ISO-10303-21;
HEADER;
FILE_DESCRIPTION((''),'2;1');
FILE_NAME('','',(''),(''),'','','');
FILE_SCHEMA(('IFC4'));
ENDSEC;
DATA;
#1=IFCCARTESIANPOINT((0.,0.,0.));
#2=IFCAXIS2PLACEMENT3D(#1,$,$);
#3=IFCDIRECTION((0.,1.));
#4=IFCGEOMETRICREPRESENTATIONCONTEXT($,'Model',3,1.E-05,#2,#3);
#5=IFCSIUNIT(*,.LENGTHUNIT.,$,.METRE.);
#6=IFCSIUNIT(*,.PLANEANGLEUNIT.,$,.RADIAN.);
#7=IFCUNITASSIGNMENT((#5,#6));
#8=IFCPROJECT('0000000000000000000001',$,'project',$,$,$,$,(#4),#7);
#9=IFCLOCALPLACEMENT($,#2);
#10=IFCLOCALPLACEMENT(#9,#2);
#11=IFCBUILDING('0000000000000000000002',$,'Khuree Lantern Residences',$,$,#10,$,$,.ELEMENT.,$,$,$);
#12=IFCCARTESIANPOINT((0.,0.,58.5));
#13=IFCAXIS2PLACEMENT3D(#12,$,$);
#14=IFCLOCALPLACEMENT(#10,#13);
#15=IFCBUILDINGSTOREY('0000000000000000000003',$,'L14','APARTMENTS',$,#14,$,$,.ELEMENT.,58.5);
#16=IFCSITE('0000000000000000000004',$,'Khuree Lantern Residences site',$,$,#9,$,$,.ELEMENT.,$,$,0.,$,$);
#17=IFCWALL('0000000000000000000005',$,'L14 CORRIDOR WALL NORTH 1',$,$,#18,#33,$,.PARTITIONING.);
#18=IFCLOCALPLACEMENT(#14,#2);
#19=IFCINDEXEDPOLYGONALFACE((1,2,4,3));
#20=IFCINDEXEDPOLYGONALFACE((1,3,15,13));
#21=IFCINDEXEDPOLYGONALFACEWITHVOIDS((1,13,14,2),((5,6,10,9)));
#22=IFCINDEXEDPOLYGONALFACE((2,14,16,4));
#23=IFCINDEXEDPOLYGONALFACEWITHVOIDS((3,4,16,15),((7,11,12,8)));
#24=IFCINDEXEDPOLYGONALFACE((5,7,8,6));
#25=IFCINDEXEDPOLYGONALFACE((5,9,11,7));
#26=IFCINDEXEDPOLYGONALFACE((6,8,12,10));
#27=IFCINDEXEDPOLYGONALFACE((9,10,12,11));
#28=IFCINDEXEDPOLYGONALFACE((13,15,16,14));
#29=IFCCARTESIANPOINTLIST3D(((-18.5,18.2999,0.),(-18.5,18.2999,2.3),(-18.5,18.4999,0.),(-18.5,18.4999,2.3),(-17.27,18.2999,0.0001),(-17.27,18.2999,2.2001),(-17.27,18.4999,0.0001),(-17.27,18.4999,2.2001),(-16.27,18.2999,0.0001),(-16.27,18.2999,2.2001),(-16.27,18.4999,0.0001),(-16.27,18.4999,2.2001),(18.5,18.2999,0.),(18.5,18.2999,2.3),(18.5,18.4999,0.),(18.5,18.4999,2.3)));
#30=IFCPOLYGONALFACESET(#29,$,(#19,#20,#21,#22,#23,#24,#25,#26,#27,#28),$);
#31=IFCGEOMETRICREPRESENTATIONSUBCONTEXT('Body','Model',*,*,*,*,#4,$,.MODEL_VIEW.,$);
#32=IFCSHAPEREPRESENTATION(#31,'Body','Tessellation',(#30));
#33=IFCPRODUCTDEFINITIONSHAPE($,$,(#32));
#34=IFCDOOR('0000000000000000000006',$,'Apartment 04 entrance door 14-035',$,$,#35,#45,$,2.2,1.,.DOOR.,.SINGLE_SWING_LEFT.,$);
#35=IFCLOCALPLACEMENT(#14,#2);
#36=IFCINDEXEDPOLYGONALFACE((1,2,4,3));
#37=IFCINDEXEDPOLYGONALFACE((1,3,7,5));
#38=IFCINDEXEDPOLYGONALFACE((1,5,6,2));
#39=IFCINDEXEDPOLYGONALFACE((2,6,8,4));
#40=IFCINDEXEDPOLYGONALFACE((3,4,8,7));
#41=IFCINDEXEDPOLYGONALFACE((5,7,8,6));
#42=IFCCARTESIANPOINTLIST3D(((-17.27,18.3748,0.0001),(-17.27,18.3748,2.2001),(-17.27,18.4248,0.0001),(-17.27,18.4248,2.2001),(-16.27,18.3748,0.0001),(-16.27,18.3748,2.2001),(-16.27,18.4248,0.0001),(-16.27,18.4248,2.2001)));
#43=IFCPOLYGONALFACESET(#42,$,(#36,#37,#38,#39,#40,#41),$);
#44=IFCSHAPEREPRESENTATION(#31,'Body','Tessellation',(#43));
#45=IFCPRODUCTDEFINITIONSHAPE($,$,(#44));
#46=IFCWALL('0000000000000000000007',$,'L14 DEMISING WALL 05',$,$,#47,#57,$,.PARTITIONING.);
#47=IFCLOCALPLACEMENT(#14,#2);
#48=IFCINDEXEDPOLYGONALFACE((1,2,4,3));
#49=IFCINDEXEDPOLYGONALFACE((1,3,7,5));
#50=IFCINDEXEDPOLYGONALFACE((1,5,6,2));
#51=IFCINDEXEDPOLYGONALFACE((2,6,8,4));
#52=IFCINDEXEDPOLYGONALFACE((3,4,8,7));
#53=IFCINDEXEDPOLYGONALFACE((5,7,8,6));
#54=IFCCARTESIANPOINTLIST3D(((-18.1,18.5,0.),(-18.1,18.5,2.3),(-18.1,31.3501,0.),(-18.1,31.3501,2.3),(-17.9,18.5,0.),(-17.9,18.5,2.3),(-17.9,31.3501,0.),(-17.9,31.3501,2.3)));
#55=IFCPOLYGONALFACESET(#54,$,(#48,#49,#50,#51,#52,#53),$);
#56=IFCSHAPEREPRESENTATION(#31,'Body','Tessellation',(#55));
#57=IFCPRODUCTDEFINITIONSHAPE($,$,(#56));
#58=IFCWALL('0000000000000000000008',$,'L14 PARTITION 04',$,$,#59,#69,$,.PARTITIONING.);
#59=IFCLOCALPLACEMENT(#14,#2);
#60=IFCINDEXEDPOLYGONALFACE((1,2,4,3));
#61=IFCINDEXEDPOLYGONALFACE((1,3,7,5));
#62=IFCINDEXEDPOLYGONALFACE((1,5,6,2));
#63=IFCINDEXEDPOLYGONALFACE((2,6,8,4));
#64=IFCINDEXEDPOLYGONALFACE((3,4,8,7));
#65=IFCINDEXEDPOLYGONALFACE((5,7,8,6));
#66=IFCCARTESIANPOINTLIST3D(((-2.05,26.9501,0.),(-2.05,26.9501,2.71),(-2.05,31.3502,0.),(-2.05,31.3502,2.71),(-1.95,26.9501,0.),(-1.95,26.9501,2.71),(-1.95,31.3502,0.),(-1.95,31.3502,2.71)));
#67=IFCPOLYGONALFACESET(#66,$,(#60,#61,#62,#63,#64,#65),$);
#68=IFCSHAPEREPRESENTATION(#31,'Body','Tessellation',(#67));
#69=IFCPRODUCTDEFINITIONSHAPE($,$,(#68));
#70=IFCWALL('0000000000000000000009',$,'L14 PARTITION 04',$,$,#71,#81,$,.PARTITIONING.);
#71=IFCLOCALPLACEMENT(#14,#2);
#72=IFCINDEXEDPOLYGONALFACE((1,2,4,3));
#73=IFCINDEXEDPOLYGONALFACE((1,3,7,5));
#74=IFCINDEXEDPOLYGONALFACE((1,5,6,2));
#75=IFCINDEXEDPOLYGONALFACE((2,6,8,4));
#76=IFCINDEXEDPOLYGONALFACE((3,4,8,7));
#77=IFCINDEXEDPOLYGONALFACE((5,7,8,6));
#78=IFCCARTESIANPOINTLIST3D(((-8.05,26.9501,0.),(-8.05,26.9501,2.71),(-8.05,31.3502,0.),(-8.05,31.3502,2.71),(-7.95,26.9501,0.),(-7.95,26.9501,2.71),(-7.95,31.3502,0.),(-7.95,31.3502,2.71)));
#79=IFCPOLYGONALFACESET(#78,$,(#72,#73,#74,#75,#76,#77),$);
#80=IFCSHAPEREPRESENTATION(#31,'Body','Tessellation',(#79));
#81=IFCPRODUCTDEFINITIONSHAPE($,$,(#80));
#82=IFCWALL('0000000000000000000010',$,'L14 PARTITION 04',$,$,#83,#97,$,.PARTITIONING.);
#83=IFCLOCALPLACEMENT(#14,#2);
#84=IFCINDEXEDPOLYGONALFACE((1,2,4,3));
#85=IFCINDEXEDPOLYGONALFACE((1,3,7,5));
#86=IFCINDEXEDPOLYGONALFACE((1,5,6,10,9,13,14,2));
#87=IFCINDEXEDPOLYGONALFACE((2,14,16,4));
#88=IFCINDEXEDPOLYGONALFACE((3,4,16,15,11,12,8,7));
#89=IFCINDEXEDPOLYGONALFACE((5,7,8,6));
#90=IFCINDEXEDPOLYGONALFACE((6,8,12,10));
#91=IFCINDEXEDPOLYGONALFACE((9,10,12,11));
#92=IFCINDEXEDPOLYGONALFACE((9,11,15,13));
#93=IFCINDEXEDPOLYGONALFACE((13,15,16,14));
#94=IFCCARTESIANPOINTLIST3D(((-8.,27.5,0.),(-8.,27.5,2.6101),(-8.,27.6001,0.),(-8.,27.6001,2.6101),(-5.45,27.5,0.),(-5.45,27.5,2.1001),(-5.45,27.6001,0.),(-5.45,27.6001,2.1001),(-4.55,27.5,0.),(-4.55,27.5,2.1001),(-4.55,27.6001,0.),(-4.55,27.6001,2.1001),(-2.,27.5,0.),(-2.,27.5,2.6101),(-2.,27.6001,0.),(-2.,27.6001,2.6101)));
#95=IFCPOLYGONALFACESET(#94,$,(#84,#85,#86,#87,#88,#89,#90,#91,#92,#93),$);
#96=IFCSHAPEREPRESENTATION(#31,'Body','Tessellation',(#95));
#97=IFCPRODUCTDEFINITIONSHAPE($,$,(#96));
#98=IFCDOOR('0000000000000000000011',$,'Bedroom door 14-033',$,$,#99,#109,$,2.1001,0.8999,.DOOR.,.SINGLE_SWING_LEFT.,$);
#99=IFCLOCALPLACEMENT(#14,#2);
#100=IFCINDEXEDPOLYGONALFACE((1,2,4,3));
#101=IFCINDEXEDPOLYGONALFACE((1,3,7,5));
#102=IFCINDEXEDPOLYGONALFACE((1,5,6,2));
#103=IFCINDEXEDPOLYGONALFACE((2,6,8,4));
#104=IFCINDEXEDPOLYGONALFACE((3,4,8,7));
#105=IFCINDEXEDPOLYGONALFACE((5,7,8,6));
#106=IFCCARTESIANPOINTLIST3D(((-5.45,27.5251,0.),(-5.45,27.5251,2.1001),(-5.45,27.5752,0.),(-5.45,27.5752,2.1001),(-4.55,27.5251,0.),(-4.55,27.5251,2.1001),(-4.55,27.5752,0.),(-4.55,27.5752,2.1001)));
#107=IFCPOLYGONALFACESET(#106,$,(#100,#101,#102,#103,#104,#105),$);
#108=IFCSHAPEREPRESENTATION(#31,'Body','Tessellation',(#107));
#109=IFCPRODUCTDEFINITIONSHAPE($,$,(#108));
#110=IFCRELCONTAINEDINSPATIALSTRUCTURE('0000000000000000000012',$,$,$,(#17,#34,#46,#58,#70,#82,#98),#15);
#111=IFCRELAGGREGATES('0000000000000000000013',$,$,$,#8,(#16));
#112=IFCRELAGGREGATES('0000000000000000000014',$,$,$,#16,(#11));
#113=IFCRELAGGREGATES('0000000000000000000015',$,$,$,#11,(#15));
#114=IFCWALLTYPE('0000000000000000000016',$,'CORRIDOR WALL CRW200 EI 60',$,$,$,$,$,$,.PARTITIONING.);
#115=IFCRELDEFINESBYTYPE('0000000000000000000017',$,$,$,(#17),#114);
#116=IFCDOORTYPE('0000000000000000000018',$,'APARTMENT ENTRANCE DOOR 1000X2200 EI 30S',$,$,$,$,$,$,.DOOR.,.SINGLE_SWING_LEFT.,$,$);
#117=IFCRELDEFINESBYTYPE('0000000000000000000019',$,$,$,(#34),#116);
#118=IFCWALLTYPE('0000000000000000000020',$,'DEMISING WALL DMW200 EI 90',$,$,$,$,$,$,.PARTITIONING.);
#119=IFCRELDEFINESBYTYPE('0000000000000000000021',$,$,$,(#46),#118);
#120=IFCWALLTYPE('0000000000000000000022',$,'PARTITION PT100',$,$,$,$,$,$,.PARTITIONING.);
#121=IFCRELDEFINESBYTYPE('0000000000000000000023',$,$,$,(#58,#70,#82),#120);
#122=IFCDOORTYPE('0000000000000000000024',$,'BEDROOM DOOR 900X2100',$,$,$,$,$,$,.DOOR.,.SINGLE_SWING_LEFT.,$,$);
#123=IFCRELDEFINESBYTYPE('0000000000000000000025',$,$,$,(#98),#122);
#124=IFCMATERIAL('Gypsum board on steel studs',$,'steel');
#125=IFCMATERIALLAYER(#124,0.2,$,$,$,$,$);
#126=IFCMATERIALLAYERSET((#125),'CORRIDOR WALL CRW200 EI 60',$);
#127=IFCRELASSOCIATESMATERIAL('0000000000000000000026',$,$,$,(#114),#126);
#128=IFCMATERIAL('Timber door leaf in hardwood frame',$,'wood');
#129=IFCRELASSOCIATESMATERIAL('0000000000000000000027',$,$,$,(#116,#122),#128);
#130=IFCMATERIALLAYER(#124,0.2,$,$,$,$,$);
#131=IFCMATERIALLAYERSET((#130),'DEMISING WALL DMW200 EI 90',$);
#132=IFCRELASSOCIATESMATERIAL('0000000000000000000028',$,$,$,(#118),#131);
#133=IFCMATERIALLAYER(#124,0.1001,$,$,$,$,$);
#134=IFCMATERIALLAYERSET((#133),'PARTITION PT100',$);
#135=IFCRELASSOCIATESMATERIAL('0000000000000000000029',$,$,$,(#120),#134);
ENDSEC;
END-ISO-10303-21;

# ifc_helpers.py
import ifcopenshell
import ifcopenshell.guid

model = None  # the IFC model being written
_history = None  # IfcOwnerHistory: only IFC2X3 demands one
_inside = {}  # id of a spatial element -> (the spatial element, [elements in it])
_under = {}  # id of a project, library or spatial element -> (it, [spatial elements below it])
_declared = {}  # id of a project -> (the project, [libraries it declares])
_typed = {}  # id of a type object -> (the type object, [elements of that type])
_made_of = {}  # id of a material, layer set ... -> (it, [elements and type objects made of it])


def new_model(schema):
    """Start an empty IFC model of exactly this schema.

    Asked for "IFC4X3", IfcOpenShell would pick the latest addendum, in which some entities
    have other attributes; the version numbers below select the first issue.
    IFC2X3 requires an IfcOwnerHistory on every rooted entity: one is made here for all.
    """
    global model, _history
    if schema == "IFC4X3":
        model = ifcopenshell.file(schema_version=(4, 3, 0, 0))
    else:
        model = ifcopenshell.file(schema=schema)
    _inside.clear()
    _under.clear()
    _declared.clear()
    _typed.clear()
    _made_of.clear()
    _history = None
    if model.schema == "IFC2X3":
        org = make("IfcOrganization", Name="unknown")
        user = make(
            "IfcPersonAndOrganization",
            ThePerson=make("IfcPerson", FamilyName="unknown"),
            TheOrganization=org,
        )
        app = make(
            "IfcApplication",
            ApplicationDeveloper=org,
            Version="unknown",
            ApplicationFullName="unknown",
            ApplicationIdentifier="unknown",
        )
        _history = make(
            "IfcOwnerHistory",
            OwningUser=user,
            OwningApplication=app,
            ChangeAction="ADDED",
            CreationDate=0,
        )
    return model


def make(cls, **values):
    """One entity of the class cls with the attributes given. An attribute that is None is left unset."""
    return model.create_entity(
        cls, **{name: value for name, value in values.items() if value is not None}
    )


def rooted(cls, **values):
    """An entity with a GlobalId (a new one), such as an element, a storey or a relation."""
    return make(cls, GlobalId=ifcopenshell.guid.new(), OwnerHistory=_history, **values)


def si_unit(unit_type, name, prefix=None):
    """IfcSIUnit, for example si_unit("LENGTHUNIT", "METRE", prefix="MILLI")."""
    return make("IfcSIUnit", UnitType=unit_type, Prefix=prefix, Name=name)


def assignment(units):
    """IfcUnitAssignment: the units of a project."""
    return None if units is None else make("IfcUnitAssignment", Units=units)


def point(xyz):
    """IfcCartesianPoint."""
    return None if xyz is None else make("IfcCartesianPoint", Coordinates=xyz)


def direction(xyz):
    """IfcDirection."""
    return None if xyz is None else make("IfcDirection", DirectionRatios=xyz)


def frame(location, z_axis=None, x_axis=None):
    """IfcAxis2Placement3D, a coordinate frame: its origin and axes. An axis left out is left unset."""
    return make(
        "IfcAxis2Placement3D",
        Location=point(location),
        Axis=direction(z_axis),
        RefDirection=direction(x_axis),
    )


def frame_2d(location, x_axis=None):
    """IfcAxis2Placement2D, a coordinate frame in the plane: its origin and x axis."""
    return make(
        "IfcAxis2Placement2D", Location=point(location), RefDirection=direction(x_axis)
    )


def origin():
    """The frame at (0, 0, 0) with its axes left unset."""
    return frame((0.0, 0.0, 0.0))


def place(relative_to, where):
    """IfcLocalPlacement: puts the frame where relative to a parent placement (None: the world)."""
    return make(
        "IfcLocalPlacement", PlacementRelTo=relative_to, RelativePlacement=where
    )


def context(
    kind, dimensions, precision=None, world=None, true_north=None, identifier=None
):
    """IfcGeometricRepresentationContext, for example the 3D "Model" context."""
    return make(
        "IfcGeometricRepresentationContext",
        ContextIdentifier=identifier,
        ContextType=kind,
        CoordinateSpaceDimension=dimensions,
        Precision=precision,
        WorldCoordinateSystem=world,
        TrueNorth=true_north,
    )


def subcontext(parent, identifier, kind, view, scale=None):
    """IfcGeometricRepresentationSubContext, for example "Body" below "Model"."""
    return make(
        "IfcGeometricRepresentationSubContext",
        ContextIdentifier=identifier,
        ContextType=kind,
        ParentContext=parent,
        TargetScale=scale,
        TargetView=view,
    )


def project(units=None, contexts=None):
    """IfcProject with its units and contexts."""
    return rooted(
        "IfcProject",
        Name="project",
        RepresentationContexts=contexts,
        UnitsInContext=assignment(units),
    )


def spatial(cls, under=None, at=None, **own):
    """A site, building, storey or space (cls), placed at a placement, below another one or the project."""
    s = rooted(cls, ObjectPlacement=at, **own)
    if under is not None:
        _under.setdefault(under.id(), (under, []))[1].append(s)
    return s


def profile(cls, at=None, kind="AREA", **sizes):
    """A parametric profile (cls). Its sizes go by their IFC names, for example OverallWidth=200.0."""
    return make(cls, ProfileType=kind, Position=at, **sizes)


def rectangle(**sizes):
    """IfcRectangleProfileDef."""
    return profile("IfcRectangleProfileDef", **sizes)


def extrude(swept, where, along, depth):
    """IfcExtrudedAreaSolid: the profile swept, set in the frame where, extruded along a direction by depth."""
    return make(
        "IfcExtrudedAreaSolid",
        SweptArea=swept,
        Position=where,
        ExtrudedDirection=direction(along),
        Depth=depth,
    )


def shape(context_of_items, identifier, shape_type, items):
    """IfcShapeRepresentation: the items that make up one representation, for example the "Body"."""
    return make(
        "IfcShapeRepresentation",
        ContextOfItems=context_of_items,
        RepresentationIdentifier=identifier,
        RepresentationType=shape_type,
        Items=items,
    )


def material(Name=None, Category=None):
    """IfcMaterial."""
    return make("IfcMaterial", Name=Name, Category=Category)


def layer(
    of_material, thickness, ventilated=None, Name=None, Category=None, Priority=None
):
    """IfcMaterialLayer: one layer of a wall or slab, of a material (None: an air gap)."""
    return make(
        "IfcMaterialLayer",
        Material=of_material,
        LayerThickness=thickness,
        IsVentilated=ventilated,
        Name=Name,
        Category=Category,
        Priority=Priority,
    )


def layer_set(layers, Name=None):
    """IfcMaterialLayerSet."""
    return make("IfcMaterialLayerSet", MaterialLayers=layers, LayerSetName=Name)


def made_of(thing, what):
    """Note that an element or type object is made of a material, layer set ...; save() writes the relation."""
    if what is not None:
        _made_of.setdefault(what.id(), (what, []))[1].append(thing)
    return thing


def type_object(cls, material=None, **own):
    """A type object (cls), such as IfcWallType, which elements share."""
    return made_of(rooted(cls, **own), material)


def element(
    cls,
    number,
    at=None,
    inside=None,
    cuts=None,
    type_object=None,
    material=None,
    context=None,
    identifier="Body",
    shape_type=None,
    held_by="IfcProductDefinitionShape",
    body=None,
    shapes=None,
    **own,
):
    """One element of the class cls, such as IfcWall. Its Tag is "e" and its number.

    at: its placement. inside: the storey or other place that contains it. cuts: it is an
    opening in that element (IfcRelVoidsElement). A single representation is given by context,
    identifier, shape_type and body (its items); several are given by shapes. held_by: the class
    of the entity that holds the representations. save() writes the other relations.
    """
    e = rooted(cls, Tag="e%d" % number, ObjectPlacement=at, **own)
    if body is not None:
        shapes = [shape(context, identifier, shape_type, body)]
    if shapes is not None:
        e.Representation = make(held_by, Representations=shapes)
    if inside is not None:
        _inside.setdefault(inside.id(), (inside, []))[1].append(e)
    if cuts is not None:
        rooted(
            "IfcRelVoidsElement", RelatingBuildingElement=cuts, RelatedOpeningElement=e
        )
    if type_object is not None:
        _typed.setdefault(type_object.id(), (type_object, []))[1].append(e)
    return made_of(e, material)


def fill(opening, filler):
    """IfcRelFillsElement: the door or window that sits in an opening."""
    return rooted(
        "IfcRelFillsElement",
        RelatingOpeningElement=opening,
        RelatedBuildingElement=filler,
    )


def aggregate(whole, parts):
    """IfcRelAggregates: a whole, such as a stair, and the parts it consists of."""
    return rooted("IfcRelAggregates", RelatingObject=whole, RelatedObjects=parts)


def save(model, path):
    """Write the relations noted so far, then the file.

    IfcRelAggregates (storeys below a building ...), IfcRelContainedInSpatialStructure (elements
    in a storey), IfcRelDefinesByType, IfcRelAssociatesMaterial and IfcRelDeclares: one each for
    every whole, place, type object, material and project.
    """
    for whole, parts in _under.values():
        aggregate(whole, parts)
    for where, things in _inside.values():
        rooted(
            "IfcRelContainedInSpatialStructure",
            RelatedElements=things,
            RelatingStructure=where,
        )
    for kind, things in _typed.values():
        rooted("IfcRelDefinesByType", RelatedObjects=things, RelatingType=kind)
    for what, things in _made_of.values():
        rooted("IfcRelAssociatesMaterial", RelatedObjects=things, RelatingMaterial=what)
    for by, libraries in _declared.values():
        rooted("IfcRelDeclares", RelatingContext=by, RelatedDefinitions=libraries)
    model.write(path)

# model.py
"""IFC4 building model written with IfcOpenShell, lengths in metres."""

from ifc_helpers import new_model, si_unit, direction, frame, frame_2d, origin, place, context, subcontext, project, spatial, rectangle, extrude, material, layer, layer_set, type_object, element, fill, save


model = new_model("IFC4")

# Units and contexts
model_context = context("Model", 3, precision=1e-05, world=origin(), true_north=direction((0.0, 1.0)))
body_context = subcontext(model_context, "Body", "Model", "MODEL_VIEW")
ifc_project = project(units=[si_unit("LENGTHUNIT", "METRE"), si_unit("PLANEANGLEUNIT", "RADIAN")], contexts=[model_context])

# Site, building, storey
site_placement = place(None, origin())
site = spatial("IfcSite", under=ifc_project, at=site_placement, Name="Khuree Lantern Residences site", CompositionType="ELEMENT", RefElevation=0.0)
building_placement = place(site_placement, origin())
building = spatial("IfcBuilding", under=site, at=building_placement, Name="Khuree Lantern Residences", CompositionType="ELEMENT")
storey_placement = place(building_placement, frame((0.0, 0.0, 58.5)))
storey = spatial("IfcBuildingStorey", under=building, at=storey_placement, Name="L14", Description="APARTMENTS", CompositionType="ELEMENT", Elevation=58.5)

# Wall, opening, door
ifc_material_1 = material(Name="Gypsum board on steel studs", Category="steel")
ifc_layer_1 = layer(ifc_material_1, 0.2)
ifc_layer_set_1 = layer_set([ifc_layer_1], Name="CORRIDOR WALL CRW200 EI 60")
wall_type_1 = type_object("IfcWallType", Name="CORRIDOR WALL CRW200 EI 60", PredefinedType="PARTITIONING", material=ifc_layer_set_1)
wall_1_placement = place(storey_placement, frame((-18.5, 18.3999, 0.0), z_axis=(0.0, 0.0, 1.0), x_axis=(1.0, 0.0, 0.0)))
wall_1 = element("IfcWall", 1, at=wall_1_placement, inside=storey, type_object=wall_type_1, Name="L14 CORRIDOR WALL NORTH 1", PredefinedType="PARTITIONING", context=body_context, shape_type="SweptSolid", body=[
    extrude(rectangle(XDim=37.0, YDim=0.2, at=frame_2d((18.5, 0.0))), origin(), (0.0, 0.0, 1.0), 2.3),
])
opening_1_placement = place(wall_1_placement, frame((1.23, 0.0, 0.0)))
opening_1 = element("IfcOpeningElement", 2, at=opening_1_placement, cuts=wall_1, PredefinedType="OPENING", context=body_context, shape_type="SweptSolid", body=[
    extrude(rectangle(XDim=1.0, YDim=2.2, at=frame_2d((0.5, 1.1001))), frame((0.0, 0.1099, 0.0), z_axis=(0.0, -1.0, 0.0), x_axis=(1.0, 0.0, 0.0)), (0.0, 0.0, 1.0), 0.22),
])
ifc_material_2 = material(Name="Timber door leaf in hardwood frame", Category="wood")
door_type_1 = type_object("IfcDoorType", Name="APARTMENT ENTRANCE DOOR 1000X2200 EI 30S", OperationType="SINGLE_SWING_LEFT", PredefinedType="DOOR", material=ifc_material_2)
door_1_placement = place(opening_1_placement, origin())
door_1 = element("IfcDoor", 3, at=door_1_placement, inside=storey, type_object=door_type_1, Name="Apartment 04 entrance door 14-035", OperationType="SINGLE_SWING_LEFT", OverallHeight=2.2, OverallWidth=1.0, PredefinedType="DOOR", context=body_context, shape_type="SweptSolid", body=[
    extrude(rectangle(XDim=1.0, YDim=2.2, at=frame_2d((0.5, 1.1001))), frame((0.0, 0.0249, 0.0), z_axis=(0.0, -1.0, 0.0), x_axis=(1.0, 0.0, 0.0)), (0.0, 0.0, 1.0), 0.05),
])
fill(opening_1, door_1)

# Walls
ifc_layer_2 = layer(ifc_material_1, 0.2)
ifc_layer_set_2 = layer_set([ifc_layer_2], Name="DEMISING WALL DMW200 EI 90")
wall_type_2 = type_object("IfcWallType", Name="DEMISING WALL DMW200 EI 90", PredefinedType="PARTITIONING", material=ifc_layer_set_2)
wall_2_placement = place(storey_placement, frame((-18.0, 18.5, 0.0), z_axis=(0.0, 0.0, 1.0), x_axis=(0.0, 1.0, 0.0)))
element("IfcWall", 4, at=wall_2_placement, inside=storey, type_object=wall_type_2, Name="L14 DEMISING WALL 05", PredefinedType="PARTITIONING", context=body_context, shape_type="SweptSolid", body=[
    extrude(rectangle(XDim=12.8501, YDim=0.2, at=frame_2d((6.425, 0.0))), origin(), (0.0, 0.0, 1.0), 2.3),
])
ifc_layer_3 = layer(ifc_material_1, 0.1001)
ifc_layer_set_3 = layer_set([ifc_layer_3], Name="PARTITION PT100")
wall_type_3 = type_object("IfcWallType", Name="PARTITION PT100", PredefinedType="PARTITIONING", material=ifc_layer_set_3)
for number, where, z_axis, x_axis, name in (
    (5, (-2.0, 26.95, 0.0), (0.0, 0.0, 1.0), (0.0, 1.0, 0.0), "L14 PARTITION 04"),
    (6, (-8.0, 26.95, 0.0), (0.0, 0.0, 1.0), (0.0, 1.0, 0.0), "L14 PARTITION 04"),
):
    element("IfcWall", number, at=place(storey_placement, frame(where, z_axis=z_axis, x_axis=x_axis)), inside=storey, type_object=wall_type_3, Name=name, PredefinedType="PARTITIONING", context=body_context, shape_type="SweptSolid", body=[
        extrude(rectangle(XDim=4.4001, YDim=0.1001, at=frame_2d((2.2002, 0.0))), origin(), (0.0, 0.0, 1.0), 2.71),
    ])

# Wall, opening, door
wall_3_placement = place(storey_placement, frame((-2.0, 27.55, 0.0), z_axis=(0.0, 0.0, 1.0), x_axis=(-1.0, 0.0, 0.0)))
wall_3 = element("IfcWall", 7, at=wall_3_placement, inside=storey, type_object=wall_type_3, Name="L14 PARTITION 04", PredefinedType="PARTITIONING", context=body_context, shape_type="SweptSolid", body=[
    extrude(rectangle(XDim=6.0, YDim=0.1001, at=frame_2d((3.0, 0.0))), origin(), (0.0, 0.0, 1.0), 2.6101),
])
opening_2_placement = place(wall_3_placement, frame((2.55, 0.0, 0.0)))
opening_2 = element("IfcOpeningElement", 8, at=opening_2_placement, cuts=wall_3, PredefinedType="OPENING", context=body_context, shape_type="SweptSolid", body=[
    extrude(rectangle(XDim=0.8999, YDim=2.1001, at=frame_2d((0.45, 1.05))), frame((0.0, 0.0601, 0.0), z_axis=(0.0, -1.0, 0.0), x_axis=(1.0, 0.0, 0.0)), (0.0, 0.0, 1.0), 0.1201),
])
door_type_2 = type_object("IfcDoorType", Name="BEDROOM DOOR 900X2100", OperationType="SINGLE_SWING_LEFT", PredefinedType="DOOR", material=ifc_material_2)
door_2_placement = place(opening_2_placement, origin())
door_2 = element("IfcDoor", 9, at=door_2_placement, inside=storey, type_object=door_type_2, Name="Bedroom door 14-033", OperationType="SINGLE_SWING_LEFT", OverallHeight=2.1001, OverallWidth=0.8999, PredefinedType="DOOR", context=body_context, shape_type="SweptSolid", body=[
    extrude(rectangle(XDim=0.8999, YDim=2.1001, at=frame_2d((0.45, 1.05))), frame((0.0, 0.0249, 0.0), z_axis=(0.0, -1.0, 0.0), x_axis=(1.0, 0.0, 0.0)), (0.0, 0.0, 1.0), 0.05),
])
fill(opening_2, door_2)

save(model, "model.ifc")
